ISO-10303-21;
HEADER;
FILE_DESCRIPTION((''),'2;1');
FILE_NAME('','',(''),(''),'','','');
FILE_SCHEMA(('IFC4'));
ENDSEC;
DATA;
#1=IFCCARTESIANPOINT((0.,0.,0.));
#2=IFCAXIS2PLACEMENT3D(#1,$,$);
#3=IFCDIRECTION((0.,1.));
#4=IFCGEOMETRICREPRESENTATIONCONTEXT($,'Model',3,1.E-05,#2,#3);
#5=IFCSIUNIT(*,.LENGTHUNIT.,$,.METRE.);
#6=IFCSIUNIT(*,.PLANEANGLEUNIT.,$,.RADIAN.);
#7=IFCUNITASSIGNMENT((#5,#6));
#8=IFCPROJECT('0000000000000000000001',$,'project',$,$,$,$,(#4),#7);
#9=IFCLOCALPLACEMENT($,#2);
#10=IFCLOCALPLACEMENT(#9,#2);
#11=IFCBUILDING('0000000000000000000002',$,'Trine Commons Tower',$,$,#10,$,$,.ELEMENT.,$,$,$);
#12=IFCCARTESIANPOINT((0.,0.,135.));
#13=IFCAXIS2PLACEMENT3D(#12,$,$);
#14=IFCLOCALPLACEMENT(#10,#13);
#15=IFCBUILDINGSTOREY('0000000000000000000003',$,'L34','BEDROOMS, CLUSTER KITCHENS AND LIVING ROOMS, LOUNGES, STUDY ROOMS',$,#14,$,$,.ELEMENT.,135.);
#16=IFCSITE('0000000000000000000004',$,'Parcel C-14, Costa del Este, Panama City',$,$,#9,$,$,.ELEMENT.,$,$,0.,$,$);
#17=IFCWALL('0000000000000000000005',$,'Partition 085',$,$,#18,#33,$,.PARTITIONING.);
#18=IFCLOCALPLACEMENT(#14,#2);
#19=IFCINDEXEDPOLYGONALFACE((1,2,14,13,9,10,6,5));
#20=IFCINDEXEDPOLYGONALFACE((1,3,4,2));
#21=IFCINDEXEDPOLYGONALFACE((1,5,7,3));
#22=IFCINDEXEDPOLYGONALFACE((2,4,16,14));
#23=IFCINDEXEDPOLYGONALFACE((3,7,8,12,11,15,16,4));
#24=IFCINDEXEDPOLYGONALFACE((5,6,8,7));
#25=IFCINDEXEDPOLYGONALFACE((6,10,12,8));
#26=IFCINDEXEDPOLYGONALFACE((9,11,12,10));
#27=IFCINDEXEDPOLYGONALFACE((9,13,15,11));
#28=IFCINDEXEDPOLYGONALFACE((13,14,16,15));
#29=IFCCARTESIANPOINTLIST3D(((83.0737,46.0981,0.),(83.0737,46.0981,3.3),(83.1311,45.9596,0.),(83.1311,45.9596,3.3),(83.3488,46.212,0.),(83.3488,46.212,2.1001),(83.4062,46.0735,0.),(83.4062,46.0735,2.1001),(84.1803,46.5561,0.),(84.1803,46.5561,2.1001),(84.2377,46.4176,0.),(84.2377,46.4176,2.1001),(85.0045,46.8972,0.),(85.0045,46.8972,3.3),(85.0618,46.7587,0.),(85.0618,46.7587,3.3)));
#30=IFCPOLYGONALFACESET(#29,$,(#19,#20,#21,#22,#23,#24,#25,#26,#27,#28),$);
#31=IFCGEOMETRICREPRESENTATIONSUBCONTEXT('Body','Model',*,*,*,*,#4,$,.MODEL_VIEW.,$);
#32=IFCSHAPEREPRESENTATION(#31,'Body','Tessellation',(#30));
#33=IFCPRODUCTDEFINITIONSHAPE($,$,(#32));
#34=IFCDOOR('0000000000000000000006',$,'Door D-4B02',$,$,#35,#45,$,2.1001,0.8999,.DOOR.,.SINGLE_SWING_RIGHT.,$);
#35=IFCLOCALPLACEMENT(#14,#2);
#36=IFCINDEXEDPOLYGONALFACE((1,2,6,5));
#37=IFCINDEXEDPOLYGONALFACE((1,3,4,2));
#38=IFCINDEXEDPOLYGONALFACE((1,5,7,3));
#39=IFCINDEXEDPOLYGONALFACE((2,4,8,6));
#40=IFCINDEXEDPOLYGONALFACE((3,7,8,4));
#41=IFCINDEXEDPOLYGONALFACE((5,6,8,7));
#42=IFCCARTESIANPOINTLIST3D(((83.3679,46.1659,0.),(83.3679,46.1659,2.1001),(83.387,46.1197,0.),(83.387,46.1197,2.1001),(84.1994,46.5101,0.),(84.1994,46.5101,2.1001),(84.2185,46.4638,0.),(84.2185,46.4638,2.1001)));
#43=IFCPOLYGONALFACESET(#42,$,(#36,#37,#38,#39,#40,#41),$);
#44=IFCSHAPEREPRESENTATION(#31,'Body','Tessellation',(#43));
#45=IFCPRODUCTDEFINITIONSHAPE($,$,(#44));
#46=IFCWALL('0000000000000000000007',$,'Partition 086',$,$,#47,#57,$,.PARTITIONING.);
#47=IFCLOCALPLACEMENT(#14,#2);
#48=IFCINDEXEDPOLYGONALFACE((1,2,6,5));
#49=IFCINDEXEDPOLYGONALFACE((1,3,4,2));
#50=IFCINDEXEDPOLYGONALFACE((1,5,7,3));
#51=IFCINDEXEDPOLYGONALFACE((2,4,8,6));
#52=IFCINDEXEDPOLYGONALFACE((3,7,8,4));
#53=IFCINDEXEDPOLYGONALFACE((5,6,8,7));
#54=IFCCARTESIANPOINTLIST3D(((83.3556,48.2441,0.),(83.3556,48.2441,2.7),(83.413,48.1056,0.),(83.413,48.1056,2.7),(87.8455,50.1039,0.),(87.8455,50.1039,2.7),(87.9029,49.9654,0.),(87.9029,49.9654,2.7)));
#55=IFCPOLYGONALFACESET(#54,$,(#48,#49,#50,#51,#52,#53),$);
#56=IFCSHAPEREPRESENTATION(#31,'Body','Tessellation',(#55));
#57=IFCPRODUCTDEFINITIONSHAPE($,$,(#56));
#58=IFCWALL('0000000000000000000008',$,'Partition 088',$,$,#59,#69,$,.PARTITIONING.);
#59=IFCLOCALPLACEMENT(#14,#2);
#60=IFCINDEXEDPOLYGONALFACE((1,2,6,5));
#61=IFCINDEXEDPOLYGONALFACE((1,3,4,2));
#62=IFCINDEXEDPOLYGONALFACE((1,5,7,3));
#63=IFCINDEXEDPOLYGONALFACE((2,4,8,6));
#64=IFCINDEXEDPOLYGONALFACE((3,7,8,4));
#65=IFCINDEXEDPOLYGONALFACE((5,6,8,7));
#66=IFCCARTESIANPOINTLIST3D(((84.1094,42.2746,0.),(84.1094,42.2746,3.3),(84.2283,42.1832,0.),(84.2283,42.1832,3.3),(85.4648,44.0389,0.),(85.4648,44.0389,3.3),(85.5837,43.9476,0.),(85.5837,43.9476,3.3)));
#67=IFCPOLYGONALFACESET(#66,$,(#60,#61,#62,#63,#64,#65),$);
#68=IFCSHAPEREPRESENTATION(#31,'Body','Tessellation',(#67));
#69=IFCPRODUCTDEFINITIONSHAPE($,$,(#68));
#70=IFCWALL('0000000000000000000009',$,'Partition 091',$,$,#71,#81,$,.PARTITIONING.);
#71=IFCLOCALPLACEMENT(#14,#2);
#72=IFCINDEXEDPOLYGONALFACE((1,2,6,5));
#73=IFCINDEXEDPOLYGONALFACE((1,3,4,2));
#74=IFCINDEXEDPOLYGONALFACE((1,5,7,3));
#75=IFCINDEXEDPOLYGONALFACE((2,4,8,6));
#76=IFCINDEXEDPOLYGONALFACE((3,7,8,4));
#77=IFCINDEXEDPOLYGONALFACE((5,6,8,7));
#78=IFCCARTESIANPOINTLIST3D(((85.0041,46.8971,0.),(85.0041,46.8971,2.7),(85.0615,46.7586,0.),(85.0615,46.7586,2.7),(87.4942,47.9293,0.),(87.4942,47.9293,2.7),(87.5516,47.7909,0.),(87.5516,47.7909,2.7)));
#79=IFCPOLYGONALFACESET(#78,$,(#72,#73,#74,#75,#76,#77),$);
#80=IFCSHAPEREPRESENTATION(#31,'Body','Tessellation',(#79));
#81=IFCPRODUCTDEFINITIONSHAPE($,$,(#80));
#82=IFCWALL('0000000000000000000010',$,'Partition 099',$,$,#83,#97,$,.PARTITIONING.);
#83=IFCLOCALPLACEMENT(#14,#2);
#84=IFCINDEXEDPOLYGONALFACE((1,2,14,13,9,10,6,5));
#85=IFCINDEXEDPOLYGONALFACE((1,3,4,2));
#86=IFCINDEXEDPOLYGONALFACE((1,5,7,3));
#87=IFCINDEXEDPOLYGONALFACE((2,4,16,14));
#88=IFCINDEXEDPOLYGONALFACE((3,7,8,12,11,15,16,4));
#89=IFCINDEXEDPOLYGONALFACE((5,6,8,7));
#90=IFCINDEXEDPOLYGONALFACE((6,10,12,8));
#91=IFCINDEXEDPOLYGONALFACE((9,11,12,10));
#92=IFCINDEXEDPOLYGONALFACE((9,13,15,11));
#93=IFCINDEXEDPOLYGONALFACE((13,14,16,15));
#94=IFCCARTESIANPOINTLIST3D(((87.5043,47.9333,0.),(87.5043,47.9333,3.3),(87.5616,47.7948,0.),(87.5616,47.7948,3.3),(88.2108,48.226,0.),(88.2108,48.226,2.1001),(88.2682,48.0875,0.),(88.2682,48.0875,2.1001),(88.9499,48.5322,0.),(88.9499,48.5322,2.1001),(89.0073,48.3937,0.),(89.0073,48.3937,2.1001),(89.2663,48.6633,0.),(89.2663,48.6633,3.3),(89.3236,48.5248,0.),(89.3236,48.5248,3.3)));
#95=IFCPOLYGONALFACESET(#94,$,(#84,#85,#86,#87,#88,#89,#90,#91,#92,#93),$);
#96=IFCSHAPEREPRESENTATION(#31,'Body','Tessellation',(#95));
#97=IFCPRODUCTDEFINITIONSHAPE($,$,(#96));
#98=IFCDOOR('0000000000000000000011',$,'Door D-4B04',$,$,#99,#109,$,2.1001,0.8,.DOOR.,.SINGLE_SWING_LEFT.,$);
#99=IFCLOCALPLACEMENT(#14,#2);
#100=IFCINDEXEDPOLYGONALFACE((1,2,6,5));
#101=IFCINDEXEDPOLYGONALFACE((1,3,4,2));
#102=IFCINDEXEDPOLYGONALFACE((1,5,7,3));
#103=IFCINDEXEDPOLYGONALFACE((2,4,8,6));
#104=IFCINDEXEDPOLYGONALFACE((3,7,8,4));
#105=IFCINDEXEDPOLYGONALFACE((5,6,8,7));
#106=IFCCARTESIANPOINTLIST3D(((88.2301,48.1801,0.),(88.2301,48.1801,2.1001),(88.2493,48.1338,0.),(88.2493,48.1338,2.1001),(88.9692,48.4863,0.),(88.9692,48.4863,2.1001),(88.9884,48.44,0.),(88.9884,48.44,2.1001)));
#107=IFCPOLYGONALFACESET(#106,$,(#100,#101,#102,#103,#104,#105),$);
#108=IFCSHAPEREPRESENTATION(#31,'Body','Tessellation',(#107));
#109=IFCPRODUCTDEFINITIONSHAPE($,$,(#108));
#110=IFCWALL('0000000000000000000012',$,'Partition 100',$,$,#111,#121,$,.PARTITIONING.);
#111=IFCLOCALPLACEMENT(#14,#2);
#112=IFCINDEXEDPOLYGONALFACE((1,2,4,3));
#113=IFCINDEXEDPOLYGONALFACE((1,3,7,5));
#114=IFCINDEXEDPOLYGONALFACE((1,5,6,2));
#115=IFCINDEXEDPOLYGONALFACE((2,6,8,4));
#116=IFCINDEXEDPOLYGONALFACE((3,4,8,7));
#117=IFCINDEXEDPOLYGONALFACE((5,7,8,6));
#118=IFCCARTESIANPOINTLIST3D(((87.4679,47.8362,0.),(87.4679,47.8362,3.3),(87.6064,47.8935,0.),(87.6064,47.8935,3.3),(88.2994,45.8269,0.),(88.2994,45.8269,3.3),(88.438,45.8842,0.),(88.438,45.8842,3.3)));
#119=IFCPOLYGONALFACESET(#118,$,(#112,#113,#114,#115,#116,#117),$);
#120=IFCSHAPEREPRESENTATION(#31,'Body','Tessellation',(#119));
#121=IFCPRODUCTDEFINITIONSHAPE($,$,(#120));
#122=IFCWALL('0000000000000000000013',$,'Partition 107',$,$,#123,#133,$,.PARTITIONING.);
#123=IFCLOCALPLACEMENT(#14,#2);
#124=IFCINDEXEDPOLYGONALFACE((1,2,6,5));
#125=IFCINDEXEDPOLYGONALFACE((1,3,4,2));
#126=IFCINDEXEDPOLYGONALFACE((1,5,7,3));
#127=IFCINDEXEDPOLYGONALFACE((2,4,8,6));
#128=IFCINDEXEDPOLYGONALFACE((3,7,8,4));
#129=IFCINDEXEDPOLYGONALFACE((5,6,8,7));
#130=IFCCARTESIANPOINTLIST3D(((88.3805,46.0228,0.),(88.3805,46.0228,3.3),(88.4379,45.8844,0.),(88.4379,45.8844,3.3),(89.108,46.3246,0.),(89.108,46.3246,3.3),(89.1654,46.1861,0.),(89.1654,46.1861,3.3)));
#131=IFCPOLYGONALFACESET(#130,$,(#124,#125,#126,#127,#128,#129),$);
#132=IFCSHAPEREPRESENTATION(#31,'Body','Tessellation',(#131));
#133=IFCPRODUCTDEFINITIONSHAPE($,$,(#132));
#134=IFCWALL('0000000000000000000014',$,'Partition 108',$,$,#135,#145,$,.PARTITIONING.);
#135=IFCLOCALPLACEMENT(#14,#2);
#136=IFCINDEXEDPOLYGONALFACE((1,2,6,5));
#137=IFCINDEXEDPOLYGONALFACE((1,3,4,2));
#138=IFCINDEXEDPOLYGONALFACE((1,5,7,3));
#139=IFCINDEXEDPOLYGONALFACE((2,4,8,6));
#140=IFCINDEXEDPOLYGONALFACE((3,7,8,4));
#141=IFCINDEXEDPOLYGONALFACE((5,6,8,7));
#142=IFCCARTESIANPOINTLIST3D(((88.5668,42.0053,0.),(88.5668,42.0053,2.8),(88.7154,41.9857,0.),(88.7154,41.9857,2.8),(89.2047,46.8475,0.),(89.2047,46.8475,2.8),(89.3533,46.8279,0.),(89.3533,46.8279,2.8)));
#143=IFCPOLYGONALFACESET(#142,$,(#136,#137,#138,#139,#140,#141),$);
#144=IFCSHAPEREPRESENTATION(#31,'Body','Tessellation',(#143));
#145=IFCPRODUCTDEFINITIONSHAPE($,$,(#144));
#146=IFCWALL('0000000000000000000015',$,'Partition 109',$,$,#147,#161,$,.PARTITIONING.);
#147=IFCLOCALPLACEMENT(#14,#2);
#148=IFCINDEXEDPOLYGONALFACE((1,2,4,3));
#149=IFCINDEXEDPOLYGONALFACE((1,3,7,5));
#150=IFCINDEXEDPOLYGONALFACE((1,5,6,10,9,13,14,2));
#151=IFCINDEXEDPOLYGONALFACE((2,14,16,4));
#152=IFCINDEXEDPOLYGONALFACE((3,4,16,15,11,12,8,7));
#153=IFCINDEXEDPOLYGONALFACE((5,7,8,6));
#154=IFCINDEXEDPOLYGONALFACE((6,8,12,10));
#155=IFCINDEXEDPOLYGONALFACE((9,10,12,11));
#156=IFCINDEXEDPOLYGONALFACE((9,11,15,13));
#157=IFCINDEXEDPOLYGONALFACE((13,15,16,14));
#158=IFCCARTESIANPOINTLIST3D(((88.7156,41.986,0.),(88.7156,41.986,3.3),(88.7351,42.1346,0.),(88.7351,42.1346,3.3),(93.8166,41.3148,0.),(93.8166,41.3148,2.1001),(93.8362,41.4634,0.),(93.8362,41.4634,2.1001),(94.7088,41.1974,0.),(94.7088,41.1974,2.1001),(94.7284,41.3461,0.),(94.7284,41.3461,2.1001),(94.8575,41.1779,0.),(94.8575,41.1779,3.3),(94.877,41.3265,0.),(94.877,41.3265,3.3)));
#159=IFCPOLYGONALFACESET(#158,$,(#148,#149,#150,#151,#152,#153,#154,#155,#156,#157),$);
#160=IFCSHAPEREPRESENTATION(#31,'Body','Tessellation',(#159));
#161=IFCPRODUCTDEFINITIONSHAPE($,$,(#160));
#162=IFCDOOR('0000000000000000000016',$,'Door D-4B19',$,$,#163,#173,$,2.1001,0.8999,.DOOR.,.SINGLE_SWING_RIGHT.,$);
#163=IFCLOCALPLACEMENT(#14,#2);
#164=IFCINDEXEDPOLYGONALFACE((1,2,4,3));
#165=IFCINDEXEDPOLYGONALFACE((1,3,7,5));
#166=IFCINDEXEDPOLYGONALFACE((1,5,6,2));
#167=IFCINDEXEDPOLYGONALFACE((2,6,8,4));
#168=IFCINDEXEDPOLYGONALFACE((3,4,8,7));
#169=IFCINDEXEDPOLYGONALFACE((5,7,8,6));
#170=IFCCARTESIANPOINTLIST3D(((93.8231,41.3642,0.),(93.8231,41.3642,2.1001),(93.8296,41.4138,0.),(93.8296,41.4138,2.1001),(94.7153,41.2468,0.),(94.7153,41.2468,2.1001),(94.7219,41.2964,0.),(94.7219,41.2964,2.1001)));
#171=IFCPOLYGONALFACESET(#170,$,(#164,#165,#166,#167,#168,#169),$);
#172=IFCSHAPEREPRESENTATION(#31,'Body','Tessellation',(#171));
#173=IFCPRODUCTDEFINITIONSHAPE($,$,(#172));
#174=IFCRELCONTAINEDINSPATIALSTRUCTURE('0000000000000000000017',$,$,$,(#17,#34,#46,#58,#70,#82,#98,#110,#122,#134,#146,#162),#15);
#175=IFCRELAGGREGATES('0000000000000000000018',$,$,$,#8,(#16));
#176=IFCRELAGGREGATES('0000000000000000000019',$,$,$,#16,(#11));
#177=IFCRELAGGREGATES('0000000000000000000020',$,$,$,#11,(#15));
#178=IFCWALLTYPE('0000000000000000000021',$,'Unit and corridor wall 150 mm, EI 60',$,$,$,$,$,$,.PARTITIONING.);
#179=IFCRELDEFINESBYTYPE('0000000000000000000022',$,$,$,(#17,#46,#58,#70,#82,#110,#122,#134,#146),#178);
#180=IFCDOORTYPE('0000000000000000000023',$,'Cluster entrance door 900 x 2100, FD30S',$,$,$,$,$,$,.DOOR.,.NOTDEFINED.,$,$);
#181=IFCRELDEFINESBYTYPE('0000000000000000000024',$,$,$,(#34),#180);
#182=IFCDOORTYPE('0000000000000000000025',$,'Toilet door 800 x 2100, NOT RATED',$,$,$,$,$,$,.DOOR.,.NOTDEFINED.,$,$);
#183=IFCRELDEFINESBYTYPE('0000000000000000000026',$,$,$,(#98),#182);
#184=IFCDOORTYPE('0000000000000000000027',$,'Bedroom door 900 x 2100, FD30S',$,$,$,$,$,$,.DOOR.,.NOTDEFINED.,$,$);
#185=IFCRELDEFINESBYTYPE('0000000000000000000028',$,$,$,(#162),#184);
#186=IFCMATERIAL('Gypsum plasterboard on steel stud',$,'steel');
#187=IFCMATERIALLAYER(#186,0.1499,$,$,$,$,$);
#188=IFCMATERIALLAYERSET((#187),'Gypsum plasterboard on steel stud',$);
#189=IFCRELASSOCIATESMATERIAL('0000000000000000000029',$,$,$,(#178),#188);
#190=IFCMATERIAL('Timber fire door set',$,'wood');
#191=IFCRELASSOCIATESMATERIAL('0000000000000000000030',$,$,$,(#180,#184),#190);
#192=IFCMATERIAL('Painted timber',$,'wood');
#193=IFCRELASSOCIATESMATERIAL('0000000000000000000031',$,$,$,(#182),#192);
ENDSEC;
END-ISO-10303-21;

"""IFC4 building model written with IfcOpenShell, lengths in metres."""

from ifc_helpers import new_model, si_unit, direction, frame, frame_2d, origin, place, context, subcontext, project, spatial, rectangle, extrude, material, layer, layer_set, type_object, element, fill, save


model = new_model("IFC4")

# Units and contexts
model_context = context("Model", 3, precision=1e-05, world=origin(), true_north=direction((0.0, 1.0)))
body_context = subcontext(model_context, "Body", "Model", "MODEL_VIEW")
ifc_project = project(units=[si_unit("LENGTHUNIT", "METRE"), si_unit("PLANEANGLEUNIT", "RADIAN")], contexts=[model_context])

# Site, building, storey
site_placement = place(None, origin())
site = spatial("IfcSite", under=ifc_project, at=site_placement, Name="Parcel C-14, Costa del Este, Panama City", CompositionType="ELEMENT", RefElevation=0.0)
building_placement = place(site_placement, origin())
building = spatial("IfcBuilding", under=site, at=building_placement, Name="Trine Commons Tower", CompositionType="ELEMENT")
storey_placement = place(building_placement, frame((0.0, 0.0, 135.0)))
storey = spatial("IfcBuildingStorey", under=building, at=storey_placement, Name="L34", Description="BEDROOMS, CLUSTER KITCHENS AND LIVING ROOMS, LOUNGES, STUDY ROOMS", CompositionType="ELEMENT", Elevation=135.0)

# Wall, opening, door
ifc_material_1 = material(Name="Gypsum plasterboard on steel stud", Category="steel")
ifc_layer_1 = layer(ifc_material_1, 0.1499)
ifc_layer_set_1 = layer_set([ifc_layer_1], Name="Gypsum plasterboard on steel stud")
wall_type_1 = type_object("IfcWallType", Name="Unit and corridor wall 150 mm, EI 60", PredefinedType="PARTITIONING", material=ifc_layer_set_1)
wall_1_placement = place(storey_placement, frame((83.1023, 46.0288, 0.0), z_axis=(0.0, 0.0, 1.0), x_axis=(0.923987, 0.382424, 0.0)))
wall_1 = element("IfcWall", 1, at=wall_1_placement, inside=storey, type_object=wall_type_1, Name="Partition 085", PredefinedType="PARTITIONING", context=body_context, shape_type="SweptSolid", body=[
    extrude(rectangle(XDim=2.0896, YDim=0.1499, at=frame_2d((1.0449, 0.0))), origin(), (0.0, 0.0, 1.0), 3.3),
])
opening_1_placement = place(wall_1_placement, frame((0.2979, 0.0, 0.0)))
opening_1 = element("IfcOpeningElement", 2, at=opening_1_placement, cuts=wall_1, PredefinedType="OPENING", context=body_context, shape_type="SweptSolid", body=[
    extrude(rectangle(XDim=0.8999, YDim=2.1001, at=frame_2d((0.45, 1.05))), frame((0.0, 0.085, 0.0), z_axis=(0.0, -1.0, 0.0), x_axis=(1.0, 0.0, 0.0)), (0.0, 0.0, 1.0), 0.1699),
])
ifc_material_2 = material(Name="Timber fire door set", Category="wood")
door_type_1 = type_object("IfcDoorType", Name="Cluster entrance door 900 x 2100, FD30S", OperationType="NOTDEFINED", PredefinedType="DOOR", material=ifc_material_2)
door_1_placement = place(opening_1_placement, frame((0.8999, 0.0, 0.0), z_axis=(0.0, 0.0, 1.0), x_axis=(-1.0, 0.0, 0.0)))
door_1 = element("IfcDoor", 3, at=door_1_placement, inside=storey, type_object=door_type_1, Name="Door D-4B02", OperationType="SINGLE_SWING_RIGHT", OverallHeight=2.1001, OverallWidth=0.8999, PredefinedType="DOOR", context=body_context, shape_type="SweptSolid", body=[
    extrude(rectangle(XDim=0.8999, YDim=2.1001, at=frame_2d((0.45, 1.05))), frame((0.0, 0.0249, 0.0), z_axis=(0.0, -1.0, 0.0), x_axis=(1.0, 0.0, 0.0)), (0.0, 0.0, 1.0), 0.05),
])
fill(opening_1, door_1)

# Walls
wall_2_placement = place(storey_placement, frame((83.3843, 48.1748, 0.0), z_axis=(0.0, 0.0, 1.0), x_axis=(0.923876, 0.382692, 0.0)))
element("IfcWall", 4, at=wall_2_placement, inside=storey, type_object=wall_type_1, Name="Partition 086", PredefinedType="PARTITIONING", context=body_context, shape_type="SweptSolid", body=[
    extrude(rectangle(XDim=4.8599, YDim=0.1499, at=frame_2d((2.4299, 0.0))), origin(), (0.0, 0.0, 1.0), 2.7),
])
wall_3_placement = place(storey_placement, frame((84.1689, 42.229, 0.0), z_axis=(0.0, 0.0, 1.0), x_axis=(0.609212, 0.793007, 0.0)))
element("IfcWall", 5, at=wall_3_placement, inside=storey, type_object=wall_type_1, Name="Partition 088", PredefinedType="PARTITIONING", context=body_context, shape_type="SweptSolid", body=[
    extrude(rectangle(XDim=2.2249, YDim=0.1499, at=frame_2d((1.1123, 0.0))), origin(), (0.0, 0.0, 1.0), 3.3),
])
wall_4_placement = place(storey_placement, frame((85.033, 46.8279, 0.0), z_axis=(0.0, 0.0, 1.0), x_axis=(0.923769, 0.382949, 0.0)))
element("IfcWall", 6, at=wall_4_placement, inside=storey, type_object=wall_type_1, Name="Partition 091", PredefinedType="PARTITIONING", context=body_context, shape_type="SweptSolid", body=[
    extrude(rectangle(XDim=2.6956, YDim=0.1499, at=frame_2d((1.3477, 0.0))), origin(), (0.0, 0.0, 1.0), 2.7),
])

# Wall, opening, door
wall_5_placement = place(storey_placement, frame((87.533, 47.864, 0.0), z_axis=(0.0, 0.0, 1.0), x_axis=(0.923851, 0.382751, 0.0)))
wall_5 = element("IfcWall", 7, at=wall_5_placement, inside=storey, type_object=wall_type_1, Name="Partition 099", PredefinedType="PARTITIONING", context=body_context, shape_type="SweptSolid", body=[
    extrude(rectangle(XDim=1.9072, YDim=0.1499, at=frame_2d((0.9536, 0.0))), origin(), (0.0, 0.0, 1.0), 3.3),
])
opening_2_placement = place(wall_5_placement, frame((0.7649, 0.0, 0.0)))
opening_2 = element("IfcOpeningElement", 8, at=opening_2_placement, cuts=wall_5, PredefinedType="OPENING", context=body_context, shape_type="SweptSolid", body=[
    extrude(rectangle(XDim=0.8, YDim=2.1001, at=frame_2d((0.3999, 1.05))), frame((0.0, 0.085, 0.0), z_axis=(0.0, -1.0, 0.0), x_axis=(1.0, 0.0, 0.0)), (0.0, 0.0, 1.0), 0.1699),
])
ifc_material_3 = material(Name="Painted timber", Category="wood")
door_type_2 = type_object("IfcDoorType", Name="Toilet door 800 x 2100, NOT RATED", OperationType="NOTDEFINED", PredefinedType="DOOR", material=ifc_material_3)
door_2_placement = place(opening_2_placement, frame((0.8, 0.0, 0.0), z_axis=(0.0, 0.0, 1.0), x_axis=(-1.0, 0.0, 0.0)))
door_2 = element("IfcDoor", 9, at=door_2_placement, inside=storey, type_object=door_type_2, Name="Door D-4B04", OperationType="SINGLE_SWING_LEFT", OverallHeight=2.1001, OverallWidth=0.8, PredefinedType="DOOR", context=body_context, shape_type="SweptSolid", body=[
    extrude(rectangle(XDim=0.8, YDim=2.1001, at=frame_2d((0.3999, 1.05))), frame((0.0, 0.0249, 0.0), z_axis=(0.0, -1.0, 0.0), x_axis=(1.0, 0.0, 0.0)), (0.0, 0.0, 1.0), 0.05),
])
fill(opening_2, door_2)

# Walls
wall_6_placement = place(storey_placement, frame((87.5371, 47.865, 0.0), z_axis=(0.0, 0.0, 1.0), x_axis=(0.382398, -0.923998, 0.0)))
element("IfcWall", 10, at=wall_6_placement, inside=storey, type_object=wall_type_1, Name="Partition 100", PredefinedType="PARTITIONING", context=body_context, shape_type="SweptSolid", body=[
    extrude(rectangle(XDim=2.1746, YDim=0.1499, at=frame_2d((1.0874, 0.0))), origin(), (0.0, 0.0, 1.0), 3.3),
])
wall_7_placement = place(storey_placement, frame((88.4092, 45.9536, 0.0), z_axis=(0.0, 0.0, 1.0), x_axis=(0.923699, 0.383118, 0.0)))
element("IfcWall", 11, at=wall_7_placement, inside=storey, type_object=wall_type_1, Name="Partition 107", PredefinedType="PARTITIONING", context=body_context, shape_type="SweptSolid", body=[
    extrude(rectangle(XDim=0.7876, YDim=0.1499, at=frame_2d((0.3938, 0.0))), origin(), (0.0, 0.0, 1.0), 3.3),
])
wall_8_placement = place(storey_placement, frame((88.6411, 41.9956, 0.0), z_axis=(0.0, 0.0, 1.0), x_axis=(0.130615, 0.991433, 0.0)))
element("IfcWall", 12, at=wall_8_placement, inside=storey, type_object=wall_type_1, Name="Partition 108", PredefinedType="PARTITIONING", context=body_context, shape_type="SweptSolid", body=[
    extrude(rectangle(XDim=4.884, YDim=0.1499, at=frame_2d((2.4419, 0.0))), origin(), (0.0, 0.0, 1.0), 2.8),
])

# Wall, opening, door
wall_9_placement = place(storey_placement, frame((88.7253, 42.0603, 0.0), z_axis=(0.0, 0.0, 1.0), x_axis=(0.991455, -0.130449, 0.0)))
wall_9 = element("IfcWall", 13, at=wall_9_placement, inside=storey, type_object=wall_type_1, Name="Partition 109", PredefinedType="PARTITIONING", context=body_context, shape_type="SweptSolid", body=[
    extrude(rectangle(XDim=6.1948, YDim=0.1499, at=frame_2d((3.0974, 0.0))), origin(), (0.0, 0.0, 1.0), 3.3),
])
opening_3_placement = place(wall_9_placement, frame((5.145, 0.0, 0.0)))
opening_3 = element("IfcOpeningElement", 14, at=opening_3_placement, cuts=wall_9, PredefinedType="OPENING", context=body_context, shape_type="SweptSolid", body=[
    extrude(rectangle(XDim=0.8999, YDim=2.1001, at=frame_2d((0.45, 1.05))), frame((0.0, 0.085, 0.0), z_axis=(0.0, -1.0, 0.0), x_axis=(1.0, 0.0, 0.0)), (0.0, 0.0, 1.0), 0.1699),
])
door_type_3 = type_object("IfcDoorType", Name="Bedroom door 900 x 2100, FD30S", OperationType="NOTDEFINED", PredefinedType="DOOR", material=ifc_material_2)
door_3_placement = place(opening_3_placement, origin())
door_3 = element("IfcDoor", 15, at=door_3_placement, inside=storey, type_object=door_type_3, Name="Door D-4B19", OperationType="SINGLE_SWING_RIGHT", OverallHeight=2.1001, OverallWidth=0.8999, PredefinedType="DOOR", context=body_context, shape_type="SweptSolid", body=[
    extrude(rectangle(XDim=0.8999, YDim=2.1001, at=frame_2d((0.45, 1.05))), frame((0.0, 0.0249, 0.0), z_axis=(0.0, -1.0, 0.0), x_axis=(1.0, 0.0, 0.0)), (0.0, 0.0, 1.0), 0.05),
])
fill(opening_3, door_3)

save(model, "model.ifc")
